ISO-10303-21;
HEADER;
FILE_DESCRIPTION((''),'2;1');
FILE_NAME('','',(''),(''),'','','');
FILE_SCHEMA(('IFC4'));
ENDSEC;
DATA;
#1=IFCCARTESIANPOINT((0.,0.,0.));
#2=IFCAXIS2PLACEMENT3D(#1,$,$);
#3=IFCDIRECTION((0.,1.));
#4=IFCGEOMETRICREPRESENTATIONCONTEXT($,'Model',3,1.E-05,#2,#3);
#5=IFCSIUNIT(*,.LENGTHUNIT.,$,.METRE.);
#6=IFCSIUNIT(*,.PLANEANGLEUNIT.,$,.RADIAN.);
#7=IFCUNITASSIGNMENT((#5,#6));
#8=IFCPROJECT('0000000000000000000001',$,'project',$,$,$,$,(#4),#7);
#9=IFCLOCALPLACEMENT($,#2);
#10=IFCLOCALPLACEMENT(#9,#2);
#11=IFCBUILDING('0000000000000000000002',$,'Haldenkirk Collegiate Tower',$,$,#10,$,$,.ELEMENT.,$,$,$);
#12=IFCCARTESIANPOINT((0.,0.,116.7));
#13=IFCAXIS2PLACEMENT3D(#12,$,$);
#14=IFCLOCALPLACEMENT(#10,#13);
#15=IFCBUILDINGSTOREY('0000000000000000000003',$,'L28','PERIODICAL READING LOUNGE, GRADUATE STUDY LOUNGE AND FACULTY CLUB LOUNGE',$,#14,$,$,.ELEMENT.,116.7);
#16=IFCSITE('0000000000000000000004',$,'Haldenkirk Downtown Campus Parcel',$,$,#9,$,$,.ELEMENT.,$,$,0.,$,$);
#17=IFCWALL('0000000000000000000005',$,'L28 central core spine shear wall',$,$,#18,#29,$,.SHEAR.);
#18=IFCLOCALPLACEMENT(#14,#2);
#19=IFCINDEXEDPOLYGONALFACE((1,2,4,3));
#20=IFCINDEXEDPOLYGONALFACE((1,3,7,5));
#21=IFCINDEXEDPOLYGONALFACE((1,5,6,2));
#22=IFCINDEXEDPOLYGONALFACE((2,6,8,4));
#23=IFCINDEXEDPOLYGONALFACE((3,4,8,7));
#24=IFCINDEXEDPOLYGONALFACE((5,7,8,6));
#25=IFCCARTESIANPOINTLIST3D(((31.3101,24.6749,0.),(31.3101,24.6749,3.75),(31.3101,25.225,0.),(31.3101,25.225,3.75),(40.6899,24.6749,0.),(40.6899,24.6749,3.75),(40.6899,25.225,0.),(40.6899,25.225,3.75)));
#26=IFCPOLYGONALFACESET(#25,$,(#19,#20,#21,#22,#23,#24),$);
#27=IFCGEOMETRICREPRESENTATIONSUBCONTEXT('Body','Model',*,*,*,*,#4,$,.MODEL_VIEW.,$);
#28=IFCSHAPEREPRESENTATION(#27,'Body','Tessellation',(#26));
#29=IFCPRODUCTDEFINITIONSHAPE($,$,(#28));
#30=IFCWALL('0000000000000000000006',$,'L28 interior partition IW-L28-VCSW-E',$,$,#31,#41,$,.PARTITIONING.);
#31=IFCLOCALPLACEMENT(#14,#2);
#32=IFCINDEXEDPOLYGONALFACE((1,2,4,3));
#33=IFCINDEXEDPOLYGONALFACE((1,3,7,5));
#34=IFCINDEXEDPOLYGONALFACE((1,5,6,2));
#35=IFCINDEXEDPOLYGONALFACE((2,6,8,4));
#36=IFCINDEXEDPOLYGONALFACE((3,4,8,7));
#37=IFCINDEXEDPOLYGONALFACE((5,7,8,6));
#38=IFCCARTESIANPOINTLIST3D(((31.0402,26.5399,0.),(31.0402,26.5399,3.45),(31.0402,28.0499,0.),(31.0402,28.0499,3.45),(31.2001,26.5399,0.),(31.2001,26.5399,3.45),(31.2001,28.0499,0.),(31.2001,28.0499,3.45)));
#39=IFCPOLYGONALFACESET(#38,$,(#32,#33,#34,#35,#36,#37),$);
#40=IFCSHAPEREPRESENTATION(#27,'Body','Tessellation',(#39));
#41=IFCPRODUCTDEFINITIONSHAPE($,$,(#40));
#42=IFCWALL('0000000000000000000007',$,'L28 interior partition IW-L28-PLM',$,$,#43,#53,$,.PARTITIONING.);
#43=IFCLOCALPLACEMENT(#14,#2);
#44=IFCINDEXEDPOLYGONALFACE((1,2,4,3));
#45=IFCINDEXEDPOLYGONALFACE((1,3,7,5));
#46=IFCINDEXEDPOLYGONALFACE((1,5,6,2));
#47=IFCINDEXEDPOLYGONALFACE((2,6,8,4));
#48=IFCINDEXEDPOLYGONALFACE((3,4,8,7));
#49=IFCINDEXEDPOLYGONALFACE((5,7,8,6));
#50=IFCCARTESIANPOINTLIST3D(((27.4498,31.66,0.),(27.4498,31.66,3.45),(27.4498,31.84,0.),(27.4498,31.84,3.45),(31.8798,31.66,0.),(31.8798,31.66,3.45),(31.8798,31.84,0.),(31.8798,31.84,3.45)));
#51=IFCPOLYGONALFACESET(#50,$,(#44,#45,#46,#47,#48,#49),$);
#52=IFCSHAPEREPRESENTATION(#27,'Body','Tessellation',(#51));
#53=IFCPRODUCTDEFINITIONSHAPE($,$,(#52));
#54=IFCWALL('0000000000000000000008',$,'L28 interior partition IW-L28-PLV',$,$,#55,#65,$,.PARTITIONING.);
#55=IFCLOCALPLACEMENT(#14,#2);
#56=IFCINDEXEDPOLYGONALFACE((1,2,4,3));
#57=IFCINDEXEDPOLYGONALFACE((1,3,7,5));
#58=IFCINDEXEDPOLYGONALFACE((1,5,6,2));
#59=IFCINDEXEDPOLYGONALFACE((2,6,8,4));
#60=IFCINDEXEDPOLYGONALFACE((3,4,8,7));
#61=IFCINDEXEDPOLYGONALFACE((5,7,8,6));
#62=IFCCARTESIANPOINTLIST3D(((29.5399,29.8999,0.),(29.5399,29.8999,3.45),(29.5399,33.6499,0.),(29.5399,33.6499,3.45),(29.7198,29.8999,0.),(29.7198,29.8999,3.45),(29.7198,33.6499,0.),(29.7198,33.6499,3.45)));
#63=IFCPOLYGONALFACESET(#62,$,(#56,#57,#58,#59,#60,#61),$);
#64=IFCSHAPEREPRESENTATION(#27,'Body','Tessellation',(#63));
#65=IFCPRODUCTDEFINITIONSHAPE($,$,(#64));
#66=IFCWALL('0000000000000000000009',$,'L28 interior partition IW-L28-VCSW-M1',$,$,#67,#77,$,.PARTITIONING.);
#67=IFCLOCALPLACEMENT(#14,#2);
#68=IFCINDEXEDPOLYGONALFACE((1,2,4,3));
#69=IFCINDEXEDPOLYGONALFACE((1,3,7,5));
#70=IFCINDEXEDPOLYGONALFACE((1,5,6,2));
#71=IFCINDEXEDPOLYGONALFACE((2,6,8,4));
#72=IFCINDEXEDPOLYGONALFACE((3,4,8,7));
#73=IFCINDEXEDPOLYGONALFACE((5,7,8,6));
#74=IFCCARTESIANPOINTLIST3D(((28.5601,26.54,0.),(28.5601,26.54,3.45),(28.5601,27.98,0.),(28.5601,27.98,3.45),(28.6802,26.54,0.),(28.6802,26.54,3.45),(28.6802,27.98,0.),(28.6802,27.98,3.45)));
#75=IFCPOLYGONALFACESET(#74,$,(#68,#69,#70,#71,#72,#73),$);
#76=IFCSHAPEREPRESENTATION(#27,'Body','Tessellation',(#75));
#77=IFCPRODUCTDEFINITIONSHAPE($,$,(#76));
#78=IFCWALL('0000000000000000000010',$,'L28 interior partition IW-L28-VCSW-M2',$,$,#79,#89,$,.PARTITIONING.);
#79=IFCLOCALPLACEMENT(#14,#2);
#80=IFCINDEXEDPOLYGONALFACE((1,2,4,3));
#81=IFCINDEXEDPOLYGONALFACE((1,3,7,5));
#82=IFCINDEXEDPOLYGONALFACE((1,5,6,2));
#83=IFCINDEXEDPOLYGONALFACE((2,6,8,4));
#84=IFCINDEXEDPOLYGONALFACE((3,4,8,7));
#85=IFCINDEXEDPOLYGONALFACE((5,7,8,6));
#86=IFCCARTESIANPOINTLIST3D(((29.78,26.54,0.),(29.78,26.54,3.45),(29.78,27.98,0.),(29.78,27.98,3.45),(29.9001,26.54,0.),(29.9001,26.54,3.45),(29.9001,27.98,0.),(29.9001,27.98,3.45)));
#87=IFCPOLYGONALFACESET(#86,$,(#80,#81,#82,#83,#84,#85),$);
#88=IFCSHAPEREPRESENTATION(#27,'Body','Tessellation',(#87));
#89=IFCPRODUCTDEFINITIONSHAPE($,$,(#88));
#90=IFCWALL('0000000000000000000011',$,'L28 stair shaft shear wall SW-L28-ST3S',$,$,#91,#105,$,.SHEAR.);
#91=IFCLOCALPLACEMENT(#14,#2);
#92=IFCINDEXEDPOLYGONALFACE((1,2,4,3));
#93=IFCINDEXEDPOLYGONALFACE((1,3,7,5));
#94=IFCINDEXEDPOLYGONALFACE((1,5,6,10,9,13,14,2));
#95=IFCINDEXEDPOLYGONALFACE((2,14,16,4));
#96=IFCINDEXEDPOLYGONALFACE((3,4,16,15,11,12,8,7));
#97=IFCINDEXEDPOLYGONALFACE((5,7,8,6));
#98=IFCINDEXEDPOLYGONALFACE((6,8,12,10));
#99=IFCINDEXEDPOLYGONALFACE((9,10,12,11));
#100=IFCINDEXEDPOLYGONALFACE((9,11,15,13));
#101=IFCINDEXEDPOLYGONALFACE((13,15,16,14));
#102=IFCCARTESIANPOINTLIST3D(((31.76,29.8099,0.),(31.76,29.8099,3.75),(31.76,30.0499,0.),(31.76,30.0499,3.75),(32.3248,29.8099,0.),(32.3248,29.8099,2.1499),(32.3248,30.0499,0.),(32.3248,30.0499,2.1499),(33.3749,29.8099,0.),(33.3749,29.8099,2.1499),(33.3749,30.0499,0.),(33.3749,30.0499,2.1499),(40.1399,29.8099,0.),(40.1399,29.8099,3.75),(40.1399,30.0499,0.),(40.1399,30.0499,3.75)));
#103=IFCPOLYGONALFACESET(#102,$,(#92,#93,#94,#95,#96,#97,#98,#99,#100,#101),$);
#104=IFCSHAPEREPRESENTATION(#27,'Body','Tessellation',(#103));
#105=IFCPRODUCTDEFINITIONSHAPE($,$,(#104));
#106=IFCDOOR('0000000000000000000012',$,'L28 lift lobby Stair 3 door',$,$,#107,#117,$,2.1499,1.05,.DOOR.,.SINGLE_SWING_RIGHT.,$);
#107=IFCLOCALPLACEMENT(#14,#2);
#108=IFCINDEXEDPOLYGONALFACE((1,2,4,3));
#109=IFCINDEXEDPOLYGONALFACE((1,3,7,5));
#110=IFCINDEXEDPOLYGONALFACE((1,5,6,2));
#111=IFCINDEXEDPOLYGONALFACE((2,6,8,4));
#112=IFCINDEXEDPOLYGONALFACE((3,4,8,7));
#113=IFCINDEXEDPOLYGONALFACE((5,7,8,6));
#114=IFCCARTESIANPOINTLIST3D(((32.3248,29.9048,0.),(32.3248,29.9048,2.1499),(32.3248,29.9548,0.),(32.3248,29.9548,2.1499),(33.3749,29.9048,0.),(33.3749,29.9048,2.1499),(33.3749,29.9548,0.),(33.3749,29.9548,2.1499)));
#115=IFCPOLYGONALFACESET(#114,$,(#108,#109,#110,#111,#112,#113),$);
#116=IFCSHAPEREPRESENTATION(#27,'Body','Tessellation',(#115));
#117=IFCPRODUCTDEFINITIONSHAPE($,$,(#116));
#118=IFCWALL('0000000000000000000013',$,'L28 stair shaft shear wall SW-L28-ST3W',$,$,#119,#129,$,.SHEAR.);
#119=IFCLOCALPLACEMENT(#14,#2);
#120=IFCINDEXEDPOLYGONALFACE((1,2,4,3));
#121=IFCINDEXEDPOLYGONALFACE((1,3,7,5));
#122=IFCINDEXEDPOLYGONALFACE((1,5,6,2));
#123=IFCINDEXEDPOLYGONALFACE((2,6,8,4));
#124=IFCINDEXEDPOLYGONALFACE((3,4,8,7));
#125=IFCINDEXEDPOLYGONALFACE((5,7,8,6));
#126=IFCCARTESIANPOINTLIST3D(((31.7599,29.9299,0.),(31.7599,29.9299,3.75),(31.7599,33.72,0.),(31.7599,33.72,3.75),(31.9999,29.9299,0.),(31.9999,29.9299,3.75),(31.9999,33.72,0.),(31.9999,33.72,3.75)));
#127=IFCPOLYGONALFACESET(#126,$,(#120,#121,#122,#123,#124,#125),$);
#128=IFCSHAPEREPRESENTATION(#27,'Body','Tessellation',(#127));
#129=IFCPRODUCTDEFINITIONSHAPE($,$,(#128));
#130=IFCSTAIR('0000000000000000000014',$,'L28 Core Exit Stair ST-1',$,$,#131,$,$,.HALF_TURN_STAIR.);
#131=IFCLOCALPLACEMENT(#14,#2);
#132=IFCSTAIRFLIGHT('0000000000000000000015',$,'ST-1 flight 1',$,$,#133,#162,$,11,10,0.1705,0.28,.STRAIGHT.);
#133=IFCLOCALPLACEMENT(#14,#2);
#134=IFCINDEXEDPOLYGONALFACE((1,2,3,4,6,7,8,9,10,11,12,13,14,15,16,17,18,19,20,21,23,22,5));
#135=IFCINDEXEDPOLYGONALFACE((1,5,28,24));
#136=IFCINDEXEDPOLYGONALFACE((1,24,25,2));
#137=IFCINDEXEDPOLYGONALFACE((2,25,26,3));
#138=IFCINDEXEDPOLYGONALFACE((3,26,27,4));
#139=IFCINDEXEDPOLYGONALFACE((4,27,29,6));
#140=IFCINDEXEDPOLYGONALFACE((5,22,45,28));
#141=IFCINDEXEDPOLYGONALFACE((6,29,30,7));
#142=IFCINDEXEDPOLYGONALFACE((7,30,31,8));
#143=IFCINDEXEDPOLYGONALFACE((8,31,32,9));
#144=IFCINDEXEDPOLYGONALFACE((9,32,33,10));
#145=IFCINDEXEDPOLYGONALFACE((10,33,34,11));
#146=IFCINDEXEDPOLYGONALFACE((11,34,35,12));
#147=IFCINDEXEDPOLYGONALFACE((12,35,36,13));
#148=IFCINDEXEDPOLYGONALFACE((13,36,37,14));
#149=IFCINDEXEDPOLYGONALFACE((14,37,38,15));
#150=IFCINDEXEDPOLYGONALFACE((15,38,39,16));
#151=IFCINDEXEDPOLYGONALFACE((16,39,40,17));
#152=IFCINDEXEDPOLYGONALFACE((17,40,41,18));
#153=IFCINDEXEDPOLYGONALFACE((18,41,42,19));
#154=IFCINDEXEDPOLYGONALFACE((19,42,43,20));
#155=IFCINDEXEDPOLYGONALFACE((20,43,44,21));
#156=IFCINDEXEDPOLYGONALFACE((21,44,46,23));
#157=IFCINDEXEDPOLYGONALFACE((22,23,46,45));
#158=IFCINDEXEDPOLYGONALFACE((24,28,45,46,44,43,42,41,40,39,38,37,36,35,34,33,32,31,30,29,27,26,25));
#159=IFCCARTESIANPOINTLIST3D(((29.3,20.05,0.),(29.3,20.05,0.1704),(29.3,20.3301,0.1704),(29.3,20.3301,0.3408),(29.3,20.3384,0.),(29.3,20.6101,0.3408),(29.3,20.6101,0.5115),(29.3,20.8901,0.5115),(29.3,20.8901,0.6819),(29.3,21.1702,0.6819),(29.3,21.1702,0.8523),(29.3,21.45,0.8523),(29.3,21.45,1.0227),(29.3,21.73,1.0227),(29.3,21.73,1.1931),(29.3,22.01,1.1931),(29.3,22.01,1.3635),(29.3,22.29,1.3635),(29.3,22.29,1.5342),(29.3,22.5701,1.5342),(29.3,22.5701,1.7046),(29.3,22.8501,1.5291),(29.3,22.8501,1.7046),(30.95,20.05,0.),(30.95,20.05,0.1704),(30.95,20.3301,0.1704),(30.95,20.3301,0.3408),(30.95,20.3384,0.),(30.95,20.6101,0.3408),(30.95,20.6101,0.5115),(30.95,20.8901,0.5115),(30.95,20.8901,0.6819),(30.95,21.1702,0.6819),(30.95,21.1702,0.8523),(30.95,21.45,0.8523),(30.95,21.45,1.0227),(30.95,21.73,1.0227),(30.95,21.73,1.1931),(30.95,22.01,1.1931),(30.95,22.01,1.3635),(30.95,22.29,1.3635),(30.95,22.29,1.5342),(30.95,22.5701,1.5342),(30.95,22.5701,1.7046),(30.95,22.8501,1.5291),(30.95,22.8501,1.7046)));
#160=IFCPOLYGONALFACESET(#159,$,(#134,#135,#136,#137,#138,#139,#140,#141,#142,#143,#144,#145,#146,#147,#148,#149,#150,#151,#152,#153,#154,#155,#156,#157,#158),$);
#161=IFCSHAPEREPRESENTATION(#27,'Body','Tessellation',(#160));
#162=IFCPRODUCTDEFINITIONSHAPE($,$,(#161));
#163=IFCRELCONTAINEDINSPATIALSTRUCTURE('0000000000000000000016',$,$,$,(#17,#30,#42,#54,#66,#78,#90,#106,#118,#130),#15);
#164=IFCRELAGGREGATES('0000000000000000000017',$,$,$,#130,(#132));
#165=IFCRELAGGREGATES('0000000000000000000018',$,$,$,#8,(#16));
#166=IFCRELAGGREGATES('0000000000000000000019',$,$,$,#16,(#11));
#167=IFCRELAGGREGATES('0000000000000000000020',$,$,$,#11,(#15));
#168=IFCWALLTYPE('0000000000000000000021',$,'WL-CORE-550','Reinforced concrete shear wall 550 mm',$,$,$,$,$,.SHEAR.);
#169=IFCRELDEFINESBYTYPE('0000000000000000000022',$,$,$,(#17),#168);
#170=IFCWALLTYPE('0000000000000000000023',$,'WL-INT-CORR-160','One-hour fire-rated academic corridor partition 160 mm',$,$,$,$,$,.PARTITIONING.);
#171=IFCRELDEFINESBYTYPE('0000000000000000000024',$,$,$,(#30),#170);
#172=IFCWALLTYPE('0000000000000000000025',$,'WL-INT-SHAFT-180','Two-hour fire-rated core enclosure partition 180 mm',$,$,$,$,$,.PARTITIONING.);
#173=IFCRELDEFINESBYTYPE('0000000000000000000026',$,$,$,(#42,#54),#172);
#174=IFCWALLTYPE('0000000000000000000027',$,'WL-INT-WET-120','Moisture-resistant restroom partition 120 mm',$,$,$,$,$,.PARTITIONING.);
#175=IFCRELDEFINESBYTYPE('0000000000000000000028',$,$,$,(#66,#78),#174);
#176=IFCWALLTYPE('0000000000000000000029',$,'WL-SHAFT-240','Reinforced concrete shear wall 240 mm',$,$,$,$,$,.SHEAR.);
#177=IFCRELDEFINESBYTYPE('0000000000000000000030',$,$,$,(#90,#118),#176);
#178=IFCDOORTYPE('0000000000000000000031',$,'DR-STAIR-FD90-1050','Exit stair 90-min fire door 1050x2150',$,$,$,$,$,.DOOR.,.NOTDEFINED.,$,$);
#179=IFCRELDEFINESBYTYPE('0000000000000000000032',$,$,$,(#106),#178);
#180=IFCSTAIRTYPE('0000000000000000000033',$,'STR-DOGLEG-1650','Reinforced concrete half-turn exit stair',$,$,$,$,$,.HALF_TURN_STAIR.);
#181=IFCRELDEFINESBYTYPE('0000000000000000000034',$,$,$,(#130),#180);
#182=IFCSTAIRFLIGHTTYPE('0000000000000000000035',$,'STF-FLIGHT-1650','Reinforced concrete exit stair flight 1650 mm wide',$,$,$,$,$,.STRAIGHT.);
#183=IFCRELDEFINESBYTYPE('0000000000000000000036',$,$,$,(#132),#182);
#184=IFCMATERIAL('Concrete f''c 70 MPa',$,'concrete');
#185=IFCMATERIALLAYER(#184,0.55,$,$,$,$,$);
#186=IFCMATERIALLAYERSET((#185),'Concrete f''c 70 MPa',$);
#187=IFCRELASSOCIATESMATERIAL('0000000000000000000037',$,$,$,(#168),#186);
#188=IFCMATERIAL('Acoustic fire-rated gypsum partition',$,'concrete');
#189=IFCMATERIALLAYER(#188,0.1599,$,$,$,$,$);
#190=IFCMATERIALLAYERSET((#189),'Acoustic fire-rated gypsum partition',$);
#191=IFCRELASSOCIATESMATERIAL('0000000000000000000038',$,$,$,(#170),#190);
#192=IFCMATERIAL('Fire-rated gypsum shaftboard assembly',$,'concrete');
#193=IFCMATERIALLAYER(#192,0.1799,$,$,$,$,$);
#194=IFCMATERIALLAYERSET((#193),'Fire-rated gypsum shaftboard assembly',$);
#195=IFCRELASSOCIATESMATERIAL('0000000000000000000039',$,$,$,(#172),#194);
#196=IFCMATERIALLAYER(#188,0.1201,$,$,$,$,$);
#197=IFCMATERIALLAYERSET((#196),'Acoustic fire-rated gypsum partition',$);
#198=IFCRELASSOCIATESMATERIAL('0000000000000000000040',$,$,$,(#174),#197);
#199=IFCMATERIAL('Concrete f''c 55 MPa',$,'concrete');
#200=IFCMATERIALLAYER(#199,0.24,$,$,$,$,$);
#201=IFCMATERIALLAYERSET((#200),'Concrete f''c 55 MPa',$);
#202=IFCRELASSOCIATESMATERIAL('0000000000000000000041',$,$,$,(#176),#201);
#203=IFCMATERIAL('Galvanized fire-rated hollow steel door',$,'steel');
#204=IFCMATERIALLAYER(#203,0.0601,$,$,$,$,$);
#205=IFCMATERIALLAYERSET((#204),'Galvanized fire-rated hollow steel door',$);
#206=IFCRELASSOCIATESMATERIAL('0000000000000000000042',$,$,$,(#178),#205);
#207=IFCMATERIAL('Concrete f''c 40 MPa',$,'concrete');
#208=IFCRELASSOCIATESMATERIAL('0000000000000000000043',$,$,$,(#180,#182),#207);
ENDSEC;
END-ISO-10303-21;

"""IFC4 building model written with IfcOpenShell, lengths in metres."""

from ifc_helpers import new_model, si_unit, direction, frame, frame_2d, origin, place, context, subcontext, project, spatial, polyline, rectangle, outline, extrude, material, layer, layer_set, type_object, element, fill, aggregate, save


model = new_model("IFC4")

# Units and contexts
model_context = context("Model", 3, precision=1e-05, world=origin(), true_north=direction((0.0, 1.0)))
body_context = subcontext(model_context, "Body", "Model", "MODEL_VIEW")
ifc_project = project(units=[si_unit("LENGTHUNIT", "METRE"), si_unit("PLANEANGLEUNIT", "RADIAN")], contexts=[model_context])

# Site, building, storey
site_placement = place(None, origin())
site = spatial("IfcSite", under=ifc_project, at=site_placement, Name="Haldenkirk Downtown Campus Parcel", CompositionType="ELEMENT", RefElevation=0.0)
building_placement = place(site_placement, origin())
building = spatial("IfcBuilding", under=site, at=building_placement, Name="Haldenkirk Collegiate Tower", CompositionType="ELEMENT")
storey_placement = place(building_placement, frame((0.0, 0.0, 116.7)))
storey = spatial("IfcBuildingStorey", under=building, at=storey_placement, Name="L28", Description="PERIODICAL READING LOUNGE, GRADUATE STUDY LOUNGE AND FACULTY CLUB LOUNGE", CompositionType="ELEMENT", Elevation=116.7)

# Walls
ifc_material_1 = material(Name="Concrete f'c 70 MPa", Category="concrete")
ifc_layer_1 = layer(ifc_material_1, 0.55)
ifc_layer_set_1 = layer_set([ifc_layer_1], Name="Concrete f'c 70 MPa")
wall_type_1 = type_object("IfcWallType", Name="WL-CORE-550", Description="Reinforced concrete shear wall 550 mm", PredefinedType="SHEAR", material=ifc_layer_set_1)
wall_1_placement = place(storey_placement, frame((31.3101, 24.95, 0.0), z_axis=(0.0, 0.0, 1.0), x_axis=(1.0, 0.0, 0.0)))
element("IfcWall", 1, at=wall_1_placement, inside=storey, type_object=wall_type_1, Name="L28 central core spine shear wall", PredefinedType="SHEAR", context=body_context, shape_type="SweptSolid", body=[
    extrude(rectangle(XDim=9.3799, YDim=0.55, at=frame_2d((4.6899, 0.0))), origin(), (0.0, 0.0, 1.0), 3.75),
])
ifc_material_2 = material(Name="Acoustic fire-rated gypsum partition", Category="concrete")
ifc_layer_2 = layer(ifc_material_2, 0.1599)
ifc_layer_set_2 = layer_set([ifc_layer_2], Name="Acoustic fire-rated gypsum partition")
wall_type_2 = type_object("IfcWallType", Name="WL-INT-CORR-160", Description="One-hour fire-rated academic corridor partition 160 mm", PredefinedType="PARTITIONING", material=ifc_layer_set_2)
wall_2_placement = place(storey_placement, frame((31.1201, 26.54, 0.0), z_axis=(0.0, 0.0, 1.0), x_axis=(0.0, 1.0, 0.0)))
element("IfcWall", 2, at=wall_2_placement, inside=storey, type_object=wall_type_2, Name="L28 interior partition IW-L28-VCSW-E", PredefinedType="PARTITIONING", context=body_context, shape_type="SweptSolid", body=[
    extrude(rectangle(XDim=1.51, YDim=0.1599, at=frame_2d((0.7549, 0.0))), origin(), (0.0, 0.0, 1.0), 3.45),
])

# Shared definitions
ifc_material_3 = material(Name="Fire-rated gypsum shaftboard assembly", Category="concrete")
ifc_layer_3 = layer(ifc_material_3, 0.1799)
ifc_layer_set_3 = layer_set([ifc_layer_3], Name="Fire-rated gypsum shaftboard assembly")
wall_type_3 = type_object("IfcWallType", Name="WL-INT-SHAFT-180", Description="Two-hour fire-rated core enclosure partition 180 mm", PredefinedType="PARTITIONING", material=ifc_layer_set_3)

# Walls
wall_3_placement = place(storey_placement, frame((27.45, 31.75, 0.0), z_axis=(0.0, 0.0, 1.0), x_axis=(1.0, 0.0, 0.0)))
element("IfcWall", 3, at=wall_3_placement, inside=storey, type_object=wall_type_3, Name="L28 interior partition IW-L28-PLM", PredefinedType="PARTITIONING", context=body_context, shape_type="SweptSolid", body=[
    extrude(rectangle(XDim=4.4299, YDim=0.1799, at=frame_2d((2.2148, 0.0))), origin(), (0.0, 0.0, 1.0), 3.45),
])
wall_4_placement = place(storey_placement, frame((29.6299, 29.8999, 0.0), z_axis=(0.0, 0.0, 1.0), x_axis=(0.0, 1.0, 0.0)))
element("IfcWall", 4, at=wall_4_placement, inside=storey, type_object=wall_type_3, Name="L28 interior partition IW-L28-PLV", PredefinedType="PARTITIONING", context=body_context, shape_type="SweptSolid", body=[
    extrude(rectangle(XDim=3.75, YDim=0.1799, at=frame_2d((1.875, 0.0))), origin(), (0.0, 0.0, 1.0), 3.45),
])

# Shared definitions
ifc_material_4 = material(Name="Galvanized fire-rated hollow steel door", Category="steel")

# Walls
ifc_layer_4 = layer(ifc_material_2, 0.1201)
ifc_layer_set_4 = layer_set([ifc_layer_4], Name="Acoustic fire-rated gypsum partition")
wall_type_4 = type_object("IfcWallType", Name="WL-INT-WET-120", Description="Moisture-resistant restroom partition 120 mm", PredefinedType="PARTITIONING", material=ifc_layer_set_4)
for number, where, z_axis, x_axis, name in (
    (5, (28.6201, 26.54, 0.0), (0.0, 0.0, 1.0), (0.0, 1.0, 0.0), "L28 interior partition IW-L28-VCSW-M1"),
    (6, (29.8401, 26.54, 0.0), (0.0, 0.0, 1.0), (0.0, 1.0, 0.0), "L28 interior partition IW-L28-VCSW-M2"),
):
    element("IfcWall", number, at=place(storey_placement, frame(where, z_axis=z_axis, x_axis=x_axis)), inside=storey, type_object=wall_type_4, Name=name, PredefinedType="PARTITIONING", context=body_context, shape_type="SweptSolid", body=[
        extrude(rectangle(XDim=1.4399, YDim=0.1201, at=frame_2d((0.72, 0.0))), origin(), (0.0, 0.0, 1.0), 3.45),
    ])

# Wall, opening, door
ifc_material_5 = material(Name="Concrete f'c 55 MPa", Category="concrete")
ifc_layer_5 = layer(ifc_material_5, 0.24)
ifc_layer_set_5 = layer_set([ifc_layer_5], Name="Concrete f'c 55 MPa")
wall_type_5 = type_object("IfcWallType", Name="WL-SHAFT-240", Description="Reinforced concrete shear wall 240 mm", PredefinedType="SHEAR", material=ifc_layer_set_5)
wall_5_placement = place(storey_placement, frame((31.76, 29.9299, 0.0), z_axis=(0.0, 0.0, 1.0), x_axis=(1.0, 0.0, 0.0)))
wall_5 = element("IfcWall", 7, at=wall_5_placement, inside=storey, type_object=wall_type_5, Name="L28 stair shaft shear wall SW-L28-ST3S", PredefinedType="SHEAR", context=body_context, shape_type="SweptSolid", body=[
    extrude(rectangle(XDim=8.3799, YDim=0.24, at=frame_2d((4.1899, 0.0))), origin(), (0.0, 0.0, 1.0), 3.75),
])
opening_1_placement = place(wall_5_placement, frame((0.5649, 0.0, 0.0)))
opening_1 = element("IfcOpeningElement", 8, at=opening_1_placement, cuts=wall_5, PredefinedType="OPENING", context=body_context, shape_type="SweptSolid", body=[
    extrude(rectangle(XDim=1.05, YDim=2.1499, at=frame_2d((0.5249, 1.075))), frame((0.0, 0.1299, 0.0), z_axis=(0.0, -1.0, 0.0), x_axis=(1.0, 0.0, 0.0)), (0.0, 0.0, 1.0), 0.26),
])
ifc_layer_6 = layer(ifc_material_4, 0.0601)
ifc_layer_set_6 = layer_set([ifc_layer_6], Name="Galvanized fire-rated hollow steel door")
door_type_1 = type_object("IfcDoorType", Name="DR-STAIR-FD90-1050", Description="Exit stair 90-min fire door 1050x2150", OperationType="NOTDEFINED", PredefinedType="DOOR", material=ifc_layer_set_6)
door_1_placement = place(opening_1_placement, origin())
door_1 = element("IfcDoor", 9, at=door_1_placement, inside=storey, type_object=door_type_1, Name="L28 lift lobby Stair 3 door", OperationType="SINGLE_SWING_RIGHT", OverallHeight=2.1499, OverallWidth=1.05, PredefinedType="DOOR", context=body_context, shape_type="SweptSolid", body=[
    extrude(rectangle(XDim=1.05, YDim=2.1499, at=frame_2d((0.5249, 1.075))), frame((0.0, 0.0249, 0.0), z_axis=(0.0, -1.0, 0.0), x_axis=(1.0, 0.0, 0.0)), (0.0, 0.0, 1.0), 0.05),
])
fill(opening_1, door_1)

# Wall
wall_6_placement = place(storey_placement, frame((31.8799, 29.9299, 0.0), z_axis=(0.0, 0.0, 1.0), x_axis=(0.0, 1.0, 0.0)))
element("IfcWall", 10, at=wall_6_placement, inside=storey, type_object=wall_type_5, Name="L28 stair shaft shear wall SW-L28-ST3W", PredefinedType="SHEAR", context=body_context, shape_type="SweptSolid", body=[
    extrude(rectangle(XDim=3.79, YDim=0.24, at=frame_2d((1.895, 0.0))), origin(), (0.0, 0.0, 1.0), 3.75),
])

# Stair, stair flight
ifc_material_6 = material(Name="Concrete f'c 40 MPa", Category="concrete")
stair_type = type_object("IfcStairType", Name="STR-DOGLEG-1650", Description="Reinforced concrete half-turn exit stair", PredefinedType="HALF_TURN_STAIR", material=ifc_material_6)
stair_placement = place(storey_placement, origin())
stair = element("IfcStair", 11, at=stair_placement, inside=storey, type_object=stair_type, Name="L28 Core Exit Stair ST-1", PredefinedType="HALF_TURN_STAIR")
stair_flight_type = type_object("IfcStairFlightType", Name="STF-FLIGHT-1650", Description="Reinforced concrete exit stair flight 1650 mm wide", PredefinedType="STRAIGHT", material=ifc_material_6)
stair_flight_1_placement = place(storey_placement, frame((30.125, 20.05, 0.0), z_axis=(0.0, 0.0, 1.0), x_axis=(0.0, 1.0, 0.0)))
stair_flight_1 = element("IfcStairFlight", 12, at=stair_flight_1_placement, type_object=stair_flight_type, Name="ST-1 flight 1", NumberOfRisers=11, NumberOfTreads=10, PredefinedType="STRAIGHT", RiserHeight=0.1705, TreadLength=0.28, context=body_context, shape_type="SweptSolid", body=[
    extrude(outline(polyline([(0.0, 0.0), (0.0, 0.1704), (0.28, 0.1704), (0.28, 0.3408), (0.5601, 0.3408), (0.5601, 0.5115), (0.8401, 0.5115), (0.8401, 0.6819), (1.1201, 0.6819), (1.1201, 0.8523), (1.3999, 0.8523), (1.3999, 1.0227), (1.6799, 1.0227), (1.6799, 1.1931), (1.96, 1.1931), (1.96, 1.3635), (2.24, 1.3635), (2.24, 1.5342), (2.52, 1.5342), (2.52, 1.7046), (2.8, 1.7046), (2.8, 1.875), (2.8, 1.5291), (0.2883, 0.0), (0.0, 0.0)])), frame((0.0, 0.825, 0.0), z_axis=(0.0, -1.0, 0.0), x_axis=(1.0, 0.0, 0.0)), (0.0, 0.0, 1.0), 1.6499),
])
aggregate(stair, [stair_flight_1])

save(model, "model.ifc")
